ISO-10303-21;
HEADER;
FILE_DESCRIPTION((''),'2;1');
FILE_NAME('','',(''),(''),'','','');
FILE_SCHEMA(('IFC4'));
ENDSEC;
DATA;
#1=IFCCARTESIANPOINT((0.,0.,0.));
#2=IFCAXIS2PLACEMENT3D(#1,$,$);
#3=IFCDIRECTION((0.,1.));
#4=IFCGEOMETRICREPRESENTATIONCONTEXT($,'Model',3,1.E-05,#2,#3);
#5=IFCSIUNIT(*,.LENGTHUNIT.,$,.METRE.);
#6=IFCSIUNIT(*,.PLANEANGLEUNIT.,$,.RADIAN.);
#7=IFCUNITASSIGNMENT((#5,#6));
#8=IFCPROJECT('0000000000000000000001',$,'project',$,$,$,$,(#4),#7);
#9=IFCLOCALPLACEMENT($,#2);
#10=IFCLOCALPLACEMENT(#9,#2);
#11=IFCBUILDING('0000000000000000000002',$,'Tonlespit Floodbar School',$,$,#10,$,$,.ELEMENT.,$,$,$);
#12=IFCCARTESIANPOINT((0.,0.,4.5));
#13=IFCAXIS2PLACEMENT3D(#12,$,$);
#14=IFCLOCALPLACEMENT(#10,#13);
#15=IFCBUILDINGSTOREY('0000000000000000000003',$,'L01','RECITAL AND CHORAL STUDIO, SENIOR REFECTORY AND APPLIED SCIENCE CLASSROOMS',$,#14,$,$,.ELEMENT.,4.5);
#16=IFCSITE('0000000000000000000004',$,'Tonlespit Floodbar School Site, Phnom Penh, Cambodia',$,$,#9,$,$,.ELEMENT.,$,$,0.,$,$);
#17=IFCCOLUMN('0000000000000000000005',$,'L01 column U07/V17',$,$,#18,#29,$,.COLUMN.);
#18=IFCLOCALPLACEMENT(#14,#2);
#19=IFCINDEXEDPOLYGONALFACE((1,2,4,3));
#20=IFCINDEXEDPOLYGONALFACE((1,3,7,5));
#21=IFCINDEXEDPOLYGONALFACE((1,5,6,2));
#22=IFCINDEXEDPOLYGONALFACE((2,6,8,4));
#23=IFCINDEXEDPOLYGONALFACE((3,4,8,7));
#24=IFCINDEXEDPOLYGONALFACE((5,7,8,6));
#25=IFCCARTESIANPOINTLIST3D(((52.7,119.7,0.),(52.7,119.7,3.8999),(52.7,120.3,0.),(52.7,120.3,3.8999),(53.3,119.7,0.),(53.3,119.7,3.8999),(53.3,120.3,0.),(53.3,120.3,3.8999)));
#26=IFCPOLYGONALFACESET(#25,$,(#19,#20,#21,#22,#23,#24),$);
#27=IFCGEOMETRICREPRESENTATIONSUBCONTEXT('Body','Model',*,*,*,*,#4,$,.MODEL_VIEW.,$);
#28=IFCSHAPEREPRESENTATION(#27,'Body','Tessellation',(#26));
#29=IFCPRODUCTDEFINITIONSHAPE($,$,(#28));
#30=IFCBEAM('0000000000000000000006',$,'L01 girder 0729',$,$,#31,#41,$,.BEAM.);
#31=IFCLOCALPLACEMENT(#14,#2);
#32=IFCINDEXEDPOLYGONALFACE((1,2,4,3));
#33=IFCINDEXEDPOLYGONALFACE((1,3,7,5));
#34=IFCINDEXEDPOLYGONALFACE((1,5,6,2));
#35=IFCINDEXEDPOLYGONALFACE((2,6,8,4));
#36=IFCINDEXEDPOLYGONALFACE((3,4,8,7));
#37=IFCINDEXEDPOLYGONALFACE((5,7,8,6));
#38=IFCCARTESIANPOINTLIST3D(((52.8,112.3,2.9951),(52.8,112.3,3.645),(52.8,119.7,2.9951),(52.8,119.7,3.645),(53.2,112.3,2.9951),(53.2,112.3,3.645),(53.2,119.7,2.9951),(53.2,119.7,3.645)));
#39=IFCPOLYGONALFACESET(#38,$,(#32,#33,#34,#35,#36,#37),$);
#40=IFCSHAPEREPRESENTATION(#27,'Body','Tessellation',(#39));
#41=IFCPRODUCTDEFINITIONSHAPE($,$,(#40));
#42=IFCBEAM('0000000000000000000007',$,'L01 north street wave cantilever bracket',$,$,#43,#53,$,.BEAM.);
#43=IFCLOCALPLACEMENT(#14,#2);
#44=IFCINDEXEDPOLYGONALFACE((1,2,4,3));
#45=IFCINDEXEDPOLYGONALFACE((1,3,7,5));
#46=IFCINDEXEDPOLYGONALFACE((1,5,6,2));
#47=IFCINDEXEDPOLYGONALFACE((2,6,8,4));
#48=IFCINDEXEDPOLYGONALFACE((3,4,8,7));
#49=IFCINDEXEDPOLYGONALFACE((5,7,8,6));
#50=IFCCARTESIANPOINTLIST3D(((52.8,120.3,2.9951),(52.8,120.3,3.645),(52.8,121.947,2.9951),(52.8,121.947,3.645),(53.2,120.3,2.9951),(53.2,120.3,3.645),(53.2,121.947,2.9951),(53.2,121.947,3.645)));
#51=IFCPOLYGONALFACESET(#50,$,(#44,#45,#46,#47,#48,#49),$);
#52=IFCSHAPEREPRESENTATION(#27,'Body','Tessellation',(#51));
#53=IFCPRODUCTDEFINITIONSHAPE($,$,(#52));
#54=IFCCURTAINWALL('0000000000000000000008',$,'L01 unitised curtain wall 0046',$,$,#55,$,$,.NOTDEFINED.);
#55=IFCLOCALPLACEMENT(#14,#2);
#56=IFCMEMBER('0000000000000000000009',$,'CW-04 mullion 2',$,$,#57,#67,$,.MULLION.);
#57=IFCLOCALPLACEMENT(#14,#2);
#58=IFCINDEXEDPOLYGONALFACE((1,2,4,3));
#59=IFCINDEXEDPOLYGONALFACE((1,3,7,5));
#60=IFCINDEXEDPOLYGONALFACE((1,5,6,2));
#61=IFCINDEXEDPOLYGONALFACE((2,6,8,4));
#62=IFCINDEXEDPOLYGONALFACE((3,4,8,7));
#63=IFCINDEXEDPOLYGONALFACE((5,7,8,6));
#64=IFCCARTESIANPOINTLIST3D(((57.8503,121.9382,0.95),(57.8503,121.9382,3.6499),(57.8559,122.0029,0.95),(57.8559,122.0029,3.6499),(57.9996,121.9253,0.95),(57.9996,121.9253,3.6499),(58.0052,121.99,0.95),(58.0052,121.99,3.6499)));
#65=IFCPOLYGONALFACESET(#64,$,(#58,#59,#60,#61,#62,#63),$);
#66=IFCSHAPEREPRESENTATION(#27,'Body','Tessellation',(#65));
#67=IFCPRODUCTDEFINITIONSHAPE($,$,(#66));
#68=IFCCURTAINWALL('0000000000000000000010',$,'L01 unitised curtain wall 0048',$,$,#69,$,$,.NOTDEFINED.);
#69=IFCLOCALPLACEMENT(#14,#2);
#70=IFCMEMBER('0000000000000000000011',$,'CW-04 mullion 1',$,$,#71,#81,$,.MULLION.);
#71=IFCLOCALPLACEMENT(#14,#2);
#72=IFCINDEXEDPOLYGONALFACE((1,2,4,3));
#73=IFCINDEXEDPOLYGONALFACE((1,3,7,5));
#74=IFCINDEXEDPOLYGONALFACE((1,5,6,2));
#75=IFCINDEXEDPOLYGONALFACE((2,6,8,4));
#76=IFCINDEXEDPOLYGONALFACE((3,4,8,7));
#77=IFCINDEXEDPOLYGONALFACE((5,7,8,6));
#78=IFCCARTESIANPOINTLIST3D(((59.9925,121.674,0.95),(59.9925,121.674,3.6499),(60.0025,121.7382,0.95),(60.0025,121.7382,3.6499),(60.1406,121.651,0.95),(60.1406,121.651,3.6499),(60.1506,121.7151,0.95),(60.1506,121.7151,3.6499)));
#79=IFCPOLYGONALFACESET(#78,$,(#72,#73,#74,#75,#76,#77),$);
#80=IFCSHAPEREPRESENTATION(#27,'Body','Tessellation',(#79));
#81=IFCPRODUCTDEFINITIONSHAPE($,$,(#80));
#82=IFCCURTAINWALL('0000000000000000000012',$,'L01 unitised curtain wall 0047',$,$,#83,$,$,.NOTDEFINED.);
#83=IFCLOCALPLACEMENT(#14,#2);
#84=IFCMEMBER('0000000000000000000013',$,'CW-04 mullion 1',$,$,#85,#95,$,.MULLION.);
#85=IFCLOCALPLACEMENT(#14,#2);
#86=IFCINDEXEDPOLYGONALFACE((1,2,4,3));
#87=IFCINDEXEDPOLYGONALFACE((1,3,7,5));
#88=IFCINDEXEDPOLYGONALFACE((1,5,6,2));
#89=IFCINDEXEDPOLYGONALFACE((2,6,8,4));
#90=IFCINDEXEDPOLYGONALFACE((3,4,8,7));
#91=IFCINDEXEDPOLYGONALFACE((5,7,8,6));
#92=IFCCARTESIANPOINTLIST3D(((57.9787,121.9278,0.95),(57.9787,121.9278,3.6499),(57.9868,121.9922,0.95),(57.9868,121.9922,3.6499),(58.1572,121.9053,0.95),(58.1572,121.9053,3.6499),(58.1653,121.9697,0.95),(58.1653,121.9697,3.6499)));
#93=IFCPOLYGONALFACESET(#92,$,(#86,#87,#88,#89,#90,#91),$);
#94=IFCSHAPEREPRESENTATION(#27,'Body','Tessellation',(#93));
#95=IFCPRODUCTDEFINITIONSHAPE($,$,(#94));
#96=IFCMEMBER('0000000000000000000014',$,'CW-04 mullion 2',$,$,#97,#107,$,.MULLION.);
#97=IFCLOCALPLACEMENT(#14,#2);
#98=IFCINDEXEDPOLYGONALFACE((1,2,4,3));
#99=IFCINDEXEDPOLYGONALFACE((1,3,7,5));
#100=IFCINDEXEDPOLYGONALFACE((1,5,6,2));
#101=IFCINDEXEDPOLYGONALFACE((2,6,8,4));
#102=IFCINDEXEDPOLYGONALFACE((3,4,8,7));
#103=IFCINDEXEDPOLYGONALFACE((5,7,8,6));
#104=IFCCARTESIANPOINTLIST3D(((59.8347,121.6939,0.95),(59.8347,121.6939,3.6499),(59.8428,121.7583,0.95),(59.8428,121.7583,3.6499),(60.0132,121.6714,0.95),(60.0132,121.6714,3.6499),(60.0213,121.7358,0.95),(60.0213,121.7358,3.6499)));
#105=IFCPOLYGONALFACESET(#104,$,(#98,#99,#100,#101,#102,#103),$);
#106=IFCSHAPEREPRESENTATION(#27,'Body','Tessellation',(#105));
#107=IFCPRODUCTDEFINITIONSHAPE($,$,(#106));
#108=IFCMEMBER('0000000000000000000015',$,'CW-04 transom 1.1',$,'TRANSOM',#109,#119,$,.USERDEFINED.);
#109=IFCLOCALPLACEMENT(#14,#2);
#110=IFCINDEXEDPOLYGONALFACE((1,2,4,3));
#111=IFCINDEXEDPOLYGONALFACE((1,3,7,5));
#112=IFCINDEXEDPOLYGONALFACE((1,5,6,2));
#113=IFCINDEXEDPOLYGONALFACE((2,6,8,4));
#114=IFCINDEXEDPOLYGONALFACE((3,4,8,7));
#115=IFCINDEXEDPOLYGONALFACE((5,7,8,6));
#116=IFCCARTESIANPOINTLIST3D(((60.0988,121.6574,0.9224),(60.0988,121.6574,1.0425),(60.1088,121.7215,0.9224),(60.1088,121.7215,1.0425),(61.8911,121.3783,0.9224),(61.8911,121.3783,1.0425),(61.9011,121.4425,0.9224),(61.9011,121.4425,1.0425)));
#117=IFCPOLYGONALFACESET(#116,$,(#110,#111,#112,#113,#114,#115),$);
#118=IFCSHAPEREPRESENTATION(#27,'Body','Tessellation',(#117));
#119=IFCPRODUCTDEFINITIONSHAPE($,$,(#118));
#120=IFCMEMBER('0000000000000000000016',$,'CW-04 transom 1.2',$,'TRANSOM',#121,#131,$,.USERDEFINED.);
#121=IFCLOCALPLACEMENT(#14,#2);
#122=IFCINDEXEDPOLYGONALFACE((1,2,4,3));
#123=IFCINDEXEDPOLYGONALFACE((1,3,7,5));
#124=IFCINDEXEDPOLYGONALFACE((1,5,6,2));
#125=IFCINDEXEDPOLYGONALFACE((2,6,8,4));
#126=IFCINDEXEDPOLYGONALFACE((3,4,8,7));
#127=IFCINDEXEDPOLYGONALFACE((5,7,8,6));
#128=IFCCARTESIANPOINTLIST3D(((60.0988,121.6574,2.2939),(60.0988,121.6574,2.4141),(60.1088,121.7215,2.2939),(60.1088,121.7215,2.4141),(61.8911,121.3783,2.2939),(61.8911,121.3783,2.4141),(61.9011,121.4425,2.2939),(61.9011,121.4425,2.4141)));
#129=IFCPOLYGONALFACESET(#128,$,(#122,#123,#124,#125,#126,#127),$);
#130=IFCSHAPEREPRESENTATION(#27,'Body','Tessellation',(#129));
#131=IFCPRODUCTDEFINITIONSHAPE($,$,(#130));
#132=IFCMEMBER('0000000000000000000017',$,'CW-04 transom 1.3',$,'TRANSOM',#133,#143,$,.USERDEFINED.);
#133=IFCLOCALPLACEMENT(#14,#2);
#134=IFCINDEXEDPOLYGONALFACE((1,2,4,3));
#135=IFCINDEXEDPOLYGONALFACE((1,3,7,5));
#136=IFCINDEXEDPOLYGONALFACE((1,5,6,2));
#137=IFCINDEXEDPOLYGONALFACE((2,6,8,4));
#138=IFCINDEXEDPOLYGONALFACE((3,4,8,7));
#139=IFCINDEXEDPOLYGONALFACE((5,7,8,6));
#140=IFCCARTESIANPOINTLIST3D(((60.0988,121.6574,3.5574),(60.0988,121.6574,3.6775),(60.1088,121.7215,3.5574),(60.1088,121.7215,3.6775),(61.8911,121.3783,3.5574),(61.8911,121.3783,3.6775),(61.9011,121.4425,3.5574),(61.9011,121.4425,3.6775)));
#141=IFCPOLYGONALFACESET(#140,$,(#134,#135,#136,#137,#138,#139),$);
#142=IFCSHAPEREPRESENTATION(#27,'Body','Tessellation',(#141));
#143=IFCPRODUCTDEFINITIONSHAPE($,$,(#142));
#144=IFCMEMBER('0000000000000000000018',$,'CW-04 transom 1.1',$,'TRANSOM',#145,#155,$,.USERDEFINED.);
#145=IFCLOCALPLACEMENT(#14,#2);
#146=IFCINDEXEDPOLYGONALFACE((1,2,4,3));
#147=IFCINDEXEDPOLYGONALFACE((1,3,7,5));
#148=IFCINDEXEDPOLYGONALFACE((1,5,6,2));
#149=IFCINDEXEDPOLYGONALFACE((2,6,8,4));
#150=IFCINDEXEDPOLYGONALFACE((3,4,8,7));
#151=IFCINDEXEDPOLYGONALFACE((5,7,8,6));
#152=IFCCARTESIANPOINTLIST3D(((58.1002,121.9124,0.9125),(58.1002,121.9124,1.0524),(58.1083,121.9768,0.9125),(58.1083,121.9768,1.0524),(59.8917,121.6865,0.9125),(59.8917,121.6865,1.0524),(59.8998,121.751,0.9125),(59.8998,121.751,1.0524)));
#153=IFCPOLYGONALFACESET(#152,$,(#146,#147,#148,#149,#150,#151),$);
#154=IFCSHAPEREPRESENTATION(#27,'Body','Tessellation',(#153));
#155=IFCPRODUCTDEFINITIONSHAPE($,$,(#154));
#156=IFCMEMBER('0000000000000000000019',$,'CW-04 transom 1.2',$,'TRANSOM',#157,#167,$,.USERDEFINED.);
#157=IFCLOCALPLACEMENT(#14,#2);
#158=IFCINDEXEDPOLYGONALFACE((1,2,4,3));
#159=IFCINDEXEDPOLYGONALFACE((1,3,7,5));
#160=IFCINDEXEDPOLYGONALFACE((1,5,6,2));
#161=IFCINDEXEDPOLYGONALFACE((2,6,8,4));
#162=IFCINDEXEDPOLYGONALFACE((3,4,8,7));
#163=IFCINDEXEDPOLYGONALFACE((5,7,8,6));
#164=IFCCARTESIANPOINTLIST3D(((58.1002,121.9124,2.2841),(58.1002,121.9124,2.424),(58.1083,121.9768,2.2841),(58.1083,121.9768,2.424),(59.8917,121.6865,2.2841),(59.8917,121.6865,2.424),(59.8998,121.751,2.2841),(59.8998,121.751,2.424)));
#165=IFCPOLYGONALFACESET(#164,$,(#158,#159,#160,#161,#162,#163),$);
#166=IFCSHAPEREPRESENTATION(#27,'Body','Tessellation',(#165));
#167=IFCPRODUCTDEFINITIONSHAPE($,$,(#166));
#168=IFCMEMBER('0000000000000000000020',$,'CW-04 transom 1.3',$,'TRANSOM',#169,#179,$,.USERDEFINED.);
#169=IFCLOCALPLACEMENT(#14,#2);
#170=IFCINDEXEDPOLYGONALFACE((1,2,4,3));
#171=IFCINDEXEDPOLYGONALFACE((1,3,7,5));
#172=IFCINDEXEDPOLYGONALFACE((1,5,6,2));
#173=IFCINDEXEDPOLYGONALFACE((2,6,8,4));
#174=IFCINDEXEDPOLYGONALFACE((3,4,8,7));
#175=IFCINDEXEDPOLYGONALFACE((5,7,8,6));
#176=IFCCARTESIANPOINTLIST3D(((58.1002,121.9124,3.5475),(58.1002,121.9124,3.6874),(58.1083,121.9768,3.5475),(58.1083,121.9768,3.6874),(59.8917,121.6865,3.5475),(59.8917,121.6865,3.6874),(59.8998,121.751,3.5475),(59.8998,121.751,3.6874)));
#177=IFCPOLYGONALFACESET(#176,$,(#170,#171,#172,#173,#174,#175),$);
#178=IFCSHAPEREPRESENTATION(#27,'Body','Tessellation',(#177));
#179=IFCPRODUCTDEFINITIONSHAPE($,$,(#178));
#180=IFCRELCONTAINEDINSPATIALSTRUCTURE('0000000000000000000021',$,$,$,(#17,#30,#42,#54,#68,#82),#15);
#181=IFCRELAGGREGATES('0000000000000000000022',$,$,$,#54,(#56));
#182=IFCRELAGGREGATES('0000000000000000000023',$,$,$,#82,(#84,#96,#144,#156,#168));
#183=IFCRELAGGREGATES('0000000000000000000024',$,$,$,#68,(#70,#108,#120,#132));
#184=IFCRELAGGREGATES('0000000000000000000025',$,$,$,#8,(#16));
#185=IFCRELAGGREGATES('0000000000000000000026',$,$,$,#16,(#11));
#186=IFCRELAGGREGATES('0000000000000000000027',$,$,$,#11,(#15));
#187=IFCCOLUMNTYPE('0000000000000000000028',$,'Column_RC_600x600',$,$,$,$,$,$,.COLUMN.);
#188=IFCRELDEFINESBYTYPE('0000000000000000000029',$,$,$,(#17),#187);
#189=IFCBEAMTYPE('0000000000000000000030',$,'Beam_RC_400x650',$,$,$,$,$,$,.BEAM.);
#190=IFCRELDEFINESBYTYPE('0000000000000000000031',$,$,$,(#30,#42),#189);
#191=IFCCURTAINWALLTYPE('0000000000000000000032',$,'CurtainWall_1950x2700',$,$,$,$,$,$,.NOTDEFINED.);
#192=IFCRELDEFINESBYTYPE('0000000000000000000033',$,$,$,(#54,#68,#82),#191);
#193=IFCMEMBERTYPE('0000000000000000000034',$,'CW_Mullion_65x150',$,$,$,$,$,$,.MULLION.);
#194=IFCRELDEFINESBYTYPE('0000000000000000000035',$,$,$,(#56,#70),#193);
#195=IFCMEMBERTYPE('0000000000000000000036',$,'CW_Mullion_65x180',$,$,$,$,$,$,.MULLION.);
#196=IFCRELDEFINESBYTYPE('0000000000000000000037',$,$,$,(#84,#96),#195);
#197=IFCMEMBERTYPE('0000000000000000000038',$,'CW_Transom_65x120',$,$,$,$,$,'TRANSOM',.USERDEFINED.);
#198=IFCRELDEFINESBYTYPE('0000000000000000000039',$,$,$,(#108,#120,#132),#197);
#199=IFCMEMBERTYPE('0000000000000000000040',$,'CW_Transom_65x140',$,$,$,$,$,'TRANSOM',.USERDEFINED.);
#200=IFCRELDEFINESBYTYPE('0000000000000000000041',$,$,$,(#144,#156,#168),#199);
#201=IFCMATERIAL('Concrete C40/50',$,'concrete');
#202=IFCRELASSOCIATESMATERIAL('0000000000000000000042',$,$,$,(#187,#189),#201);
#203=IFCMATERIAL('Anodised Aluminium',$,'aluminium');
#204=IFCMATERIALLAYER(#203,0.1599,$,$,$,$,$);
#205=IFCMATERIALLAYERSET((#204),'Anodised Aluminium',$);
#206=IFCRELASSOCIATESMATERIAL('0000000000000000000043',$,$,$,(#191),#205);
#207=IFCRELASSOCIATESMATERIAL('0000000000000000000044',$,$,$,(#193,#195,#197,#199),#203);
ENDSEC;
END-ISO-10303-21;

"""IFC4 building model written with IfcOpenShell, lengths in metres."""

from ifc_helpers import new_model, si_unit, direction, frame, origin, origin_2d, place, context, subcontext, project, spatial, rectangle, extrude, material, layer, layer_set, material_profile, profile_set, type_object, element, aggregate, save


model = new_model("IFC4")

# Units and contexts
model_context = context("Model", 3, precision=1e-05, world=origin(), true_north=direction((0.0, 1.0)))
body_context = subcontext(model_context, "Body", "Model", "MODEL_VIEW")
ifc_project = project(units=[si_unit("LENGTHUNIT", "METRE"), si_unit("PLANEANGLEUNIT", "RADIAN")], contexts=[model_context])

# Site, building, storey
site_placement = place(None, origin())
site = spatial("IfcSite", under=ifc_project, at=site_placement, Name="Tonlespit Floodbar School Site, Phnom Penh, Cambodia", CompositionType="ELEMENT", RefElevation=0.0)
building_placement = place(site_placement, origin())
building = spatial("IfcBuilding", under=site, at=building_placement, Name="Tonlespit Floodbar School", CompositionType="ELEMENT")
storey_placement = place(building_placement, frame((0.0, 0.0, 4.5)))
storey = spatial("IfcBuildingStorey", under=building, at=storey_placement, Name="L01", Description="RECITAL AND CHORAL STUDIO, SENIOR REFECTORY AND APPLIED SCIENCE CLASSROOMS", CompositionType="ELEMENT", Elevation=4.5)

# Column
ifc_material_1 = material(Name="Concrete C40/50", Category="concrete")
ifc_material_profile_1 = material_profile(ifc_material_1, rectangle(XDim=0.6001, YDim=0.6001, at=origin_2d()), Name="RC 600x600")
ifc_profile_set_1 = profile_set([ifc_material_profile_1], Name="Concrete C40/50")
column_type = type_object("IfcColumnType", Name="Column_RC_600x600", PredefinedType="COLUMN", material=ifc_profile_set_1)
column_placement = place(storey_placement, frame((53.0, 120.0, 0.0), z_axis=(0.0, 0.0, 1.0), x_axis=(1.0, 0.0, 0.0)))
element("IfcColumn", 1, at=column_placement, inside=storey, type_object=column_type, Name="L01 column U07/V17", PredefinedType="COLUMN", context=body_context, shape_type="SweptSolid", body=[
    extrude(rectangle(XDim=0.6001, YDim=0.6001, at=origin_2d()), origin(), (0.0, 0.0, 1.0), 3.8999),
])

# Beams
ifc_material_profile_2 = material_profile(ifc_material_1, rectangle(XDim=0.3999, YDim=0.6499, at=origin_2d()), Name="RC 400x650")
ifc_profile_set_2 = profile_set([ifc_material_profile_2], Name="Concrete C40/50")
beam_type_1 = type_object("IfcBeamType", Name="Beam_RC_400x650", PredefinedType="BEAM", material=ifc_profile_set_2)
beam_1_placement = place(storey_placement, frame((53.0, 112.3, 3.3201), z_axis=(0.0, 1.0, 0.0), x_axis=(-1.0, 0.0, 0.0)))
element("IfcBeam", 2, at=beam_1_placement, inside=storey, type_object=beam_type_1, Name="L01 girder 0729", PredefinedType="BEAM", context=body_context, shape_type="SweptSolid", body=[
    extrude(rectangle(XDim=0.3999, YDim=0.6499, at=origin_2d()), origin(), (0.0, 0.0, 1.0), 7.3999),
])
beam_2_placement = place(storey_placement, frame((53.0, 120.3, 3.3201), z_axis=(0.0, 1.0, 0.0), x_axis=(-1.0, 0.0, 0.0)))
element("IfcBeam", 3, at=beam_2_placement, inside=storey, type_object=beam_type_1, Name="L01 north street wave cantilever bracket", PredefinedType="BEAM", context=body_context, shape_type="SweptSolid", body=[
    extrude(rectangle(XDim=0.3999, YDim=0.6499, at=origin_2d()), origin(), (0.0, 0.0, 1.0), 1.647),
])

# Curtain walls, members
ifc_material_2 = material(Name="Anodised Aluminium", Category="aluminium")
ifc_layer_1 = layer(ifc_material_2, 0.1599)
ifc_layer_set_1 = layer_set([ifc_layer_1], Name="Anodised Aluminium")
curtain_wall_type = type_object("IfcCurtainWallType", Name="CurtainWall_1950x2700", PredefinedType="NOTDEFINED", material=ifc_layer_set_1)
curtain_wall_1_placement = place(storey_placement, origin())
curtain_wall_1 = element("IfcCurtainWall", 4, at=curtain_wall_1_placement, inside=storey, type_object=curtain_wall_type, Name="L01 unitised curtain wall 0046", PredefinedType="NOTDEFINED")
ifc_material_profile_3 = material_profile(ifc_material_2, rectangle(XDim=0.0649, YDim=0.1499, at=origin_2d()), Name="ALU M65x150")
ifc_profile_set_3 = profile_set([ifc_material_profile_3], Name="Anodised Aluminium")
member_type_1 = type_object("IfcMemberType", Name="CW_Mullion_65x150", PredefinedType="MULLION", material=ifc_profile_set_3)
member_1_placement = place(storey_placement, frame((57.9277, 121.9641, 0.95), z_axis=(0.0, 0.0, 1.0), x_axis=(0.086531, 0.996249, 0.0)))
member_1 = element("IfcMember", 5, at=member_1_placement, type_object=member_type_1, Name="CW-04 mullion 2", PredefinedType="MULLION", context=body_context, shape_type="SweptSolid", body=[
    extrude(rectangle(XDim=0.0649, YDim=0.1499, at=origin_2d()), origin(), (0.0, 0.0, 1.0), 2.7),
])
curtain_wall_2_placement = place(storey_placement, origin())
curtain_wall_2 = element("IfcCurtainWall", 6, at=curtain_wall_2_placement, inside=storey, type_object=curtain_wall_type, Name="L01 unitised curtain wall 0048", PredefinedType="NOTDEFINED")
member_2_placement = place(storey_placement, frame((60.0715, 121.6946, 0.95), z_axis=(0.0, 0.0, 1.0), x_axis=(0.153796, 0.988103, 0.0)))
member_2 = element("IfcMember", 7, at=member_2_placement, type_object=member_type_1, Name="CW-04 mullion 1", PredefinedType="MULLION", context=body_context, shape_type="SweptSolid", body=[
    extrude(rectangle(XDim=0.0649, YDim=0.1499, at=origin_2d()), origin(), (0.0, 0.0, 1.0), 2.7),
])

# Curtain wall, members
curtain_wall_3_placement = place(storey_placement, origin())
curtain_wall_3 = element("IfcCurtainWall", 8, at=curtain_wall_3_placement, inside=storey, type_object=curtain_wall_type, Name="L01 unitised curtain wall 0047", PredefinedType="NOTDEFINED")
ifc_material_profile_4 = material_profile(ifc_material_2, rectangle(XDim=0.0649, YDim=0.1799, at=origin_2d()), Name="ALU M65x180")
ifc_profile_set_4 = profile_set([ifc_material_profile_4], Name="Anodised Aluminium")
member_type_2 = type_object("IfcMemberType", Name="CW_Mullion_65x180", PredefinedType="MULLION", material=ifc_profile_set_4)
member_3_placement = place(storey_placement, frame((58.072, 121.9487, 0.95), z_axis=(0.0, 0.0, 1.0), x_axis=(0.125014, 0.992155, 0.0)))
member_3 = element("IfcMember", 9, at=member_3_placement, type_object=member_type_2, Name="CW-04 mullion 1", PredefinedType="MULLION", context=body_context, shape_type="SweptSolid", body=[
    extrude(rectangle(XDim=0.0649, YDim=0.1799, at=origin_2d()), origin(), (0.0, 0.0, 1.0), 2.7),
])
member_4_placement = place(storey_placement, frame((59.928, 121.7148, 0.95), z_axis=(0.0, 0.0, 1.0), x_axis=(0.125014, 0.992155, 0.0)))
member_4 = element("IfcMember", 10, at=member_4_placement, type_object=member_type_2, Name="CW-04 mullion 2", PredefinedType="MULLION", context=body_context, shape_type="SweptSolid", body=[
    extrude(rectangle(XDim=0.0649, YDim=0.1799, at=origin_2d()), origin(), (0.0, 0.0, 1.0), 2.7),
])

# Members
ifc_material_profile_5 = material_profile(ifc_material_2, rectangle(XDim=0.0649, YDim=0.1201, at=origin_2d()), Name="ALU T65x120")
ifc_profile_set_5 = profile_set([ifc_material_profile_5], Name="Anodised Aluminium")
member_type_3 = type_object("IfcMemberType", Name="CW_Transom_65x120", ElementType="TRANSOM", PredefinedType="USERDEFINED", material=ifc_profile_set_5)
member_5_placement = place(storey_placement, frame((60.1038, 121.6895, 0.9824), z_axis=(0.988098, -0.153827, 0.0), x_axis=(0.153827, 0.988098, 0.0)))
member_5 = element("IfcMember", 11, at=member_5_placement, type_object=member_type_3, Name="CW-04 transom 1.1", ObjectType="TRANSOM", PredefinedType="USERDEFINED", context=body_context, shape_type="SweptSolid", body=[
    extrude(rectangle(XDim=0.0649, YDim=0.1201, at=origin_2d()), origin(), (0.0, 0.0, 1.0), 1.814),
])
member_6_placement = place(storey_placement, frame((60.1038, 121.6895, 2.354), z_axis=(0.988098, -0.153827, 0.0), x_axis=(0.153827, 0.988098, 0.0)))
member_6 = element("IfcMember", 12, at=member_6_placement, type_object=member_type_3, Name="CW-04 transom 1.2", ObjectType="TRANSOM", PredefinedType="USERDEFINED", context=body_context, shape_type="SweptSolid", body=[
    extrude(rectangle(XDim=0.0649, YDim=0.1201, at=origin_2d()), origin(), (0.0, 0.0, 1.0), 1.814),
])
member_7_placement = place(storey_placement, frame((60.1038, 121.6895, 3.6174), z_axis=(0.988098, -0.153827, 0.0), x_axis=(0.153827, 0.988098, 0.0)))
member_7 = element("IfcMember", 13, at=member_7_placement, type_object=member_type_3, Name="CW-04 transom 1.3", ObjectType="TRANSOM", PredefinedType="USERDEFINED", context=body_context, shape_type="SweptSolid", body=[
    extrude(rectangle(XDim=0.0649, YDim=0.1201, at=origin_2d()), origin(), (0.0, 0.0, 1.0), 1.814),
])
ifc_material_profile_6 = material_profile(ifc_material_2, rectangle(XDim=0.0649, YDim=0.1399, at=origin_2d()), Name="ALU T65x140")
ifc_profile_set_6 = profile_set([ifc_material_profile_6], Name="Anodised Aluminium")
member_type_4 = type_object("IfcMemberType", Name="CW_Transom_65x140", ElementType="TRANSOM", PredefinedType="USERDEFINED", material=ifc_profile_set_6)
member_8_placement = place(storey_placement, frame((58.1042, 121.9446, 0.9824), z_axis=(0.992148, -0.125066, 0.0), x_axis=(0.125066, 0.992148, 0.0)))
member_8 = element("IfcMember", 14, at=member_8_placement, type_object=member_type_4, Name="CW-04 transom 1.1", ObjectType="TRANSOM", PredefinedType="USERDEFINED", context=body_context, shape_type="SweptSolid", body=[
    extrude(rectangle(XDim=0.0649, YDim=0.1399, at=origin_2d()), origin(), (0.0, 0.0, 1.0), 1.8057),
])
member_9_placement = place(storey_placement, frame((58.1042, 121.9446, 2.354), z_axis=(0.992148, -0.125066, 0.0), x_axis=(0.125066, 0.992148, 0.0)))
member_9 = element("IfcMember", 15, at=member_9_placement, type_object=member_type_4, Name="CW-04 transom 1.2", ObjectType="TRANSOM", PredefinedType="USERDEFINED", context=body_context, shape_type="SweptSolid", body=[
    extrude(rectangle(XDim=0.0649, YDim=0.1399, at=origin_2d()), origin(), (0.0, 0.0, 1.0), 1.8057),
])
member_10_placement = place(storey_placement, frame((58.1042, 121.9446, 3.6174), z_axis=(0.992148, -0.125066, 0.0), x_axis=(0.125066, 0.992148, 0.0)))
member_10 = element("IfcMember", 16, at=member_10_placement, type_object=member_type_4, Name="CW-04 transom 1.3", ObjectType="TRANSOM", PredefinedType="USERDEFINED", context=body_context, shape_type="SweptSolid", body=[
    extrude(rectangle(XDim=0.0649, YDim=0.1399, at=origin_2d()), origin(), (0.0, 0.0, 1.0), 1.8057),
])

aggregate(curtain_wall_1, [member_1])
aggregate(curtain_wall_3, [member_3, member_4, member_8, member_9, member_10])
aggregate(curtain_wall_2, [member_2, member_5, member_6, member_7])

save(model, "model.ifc")
